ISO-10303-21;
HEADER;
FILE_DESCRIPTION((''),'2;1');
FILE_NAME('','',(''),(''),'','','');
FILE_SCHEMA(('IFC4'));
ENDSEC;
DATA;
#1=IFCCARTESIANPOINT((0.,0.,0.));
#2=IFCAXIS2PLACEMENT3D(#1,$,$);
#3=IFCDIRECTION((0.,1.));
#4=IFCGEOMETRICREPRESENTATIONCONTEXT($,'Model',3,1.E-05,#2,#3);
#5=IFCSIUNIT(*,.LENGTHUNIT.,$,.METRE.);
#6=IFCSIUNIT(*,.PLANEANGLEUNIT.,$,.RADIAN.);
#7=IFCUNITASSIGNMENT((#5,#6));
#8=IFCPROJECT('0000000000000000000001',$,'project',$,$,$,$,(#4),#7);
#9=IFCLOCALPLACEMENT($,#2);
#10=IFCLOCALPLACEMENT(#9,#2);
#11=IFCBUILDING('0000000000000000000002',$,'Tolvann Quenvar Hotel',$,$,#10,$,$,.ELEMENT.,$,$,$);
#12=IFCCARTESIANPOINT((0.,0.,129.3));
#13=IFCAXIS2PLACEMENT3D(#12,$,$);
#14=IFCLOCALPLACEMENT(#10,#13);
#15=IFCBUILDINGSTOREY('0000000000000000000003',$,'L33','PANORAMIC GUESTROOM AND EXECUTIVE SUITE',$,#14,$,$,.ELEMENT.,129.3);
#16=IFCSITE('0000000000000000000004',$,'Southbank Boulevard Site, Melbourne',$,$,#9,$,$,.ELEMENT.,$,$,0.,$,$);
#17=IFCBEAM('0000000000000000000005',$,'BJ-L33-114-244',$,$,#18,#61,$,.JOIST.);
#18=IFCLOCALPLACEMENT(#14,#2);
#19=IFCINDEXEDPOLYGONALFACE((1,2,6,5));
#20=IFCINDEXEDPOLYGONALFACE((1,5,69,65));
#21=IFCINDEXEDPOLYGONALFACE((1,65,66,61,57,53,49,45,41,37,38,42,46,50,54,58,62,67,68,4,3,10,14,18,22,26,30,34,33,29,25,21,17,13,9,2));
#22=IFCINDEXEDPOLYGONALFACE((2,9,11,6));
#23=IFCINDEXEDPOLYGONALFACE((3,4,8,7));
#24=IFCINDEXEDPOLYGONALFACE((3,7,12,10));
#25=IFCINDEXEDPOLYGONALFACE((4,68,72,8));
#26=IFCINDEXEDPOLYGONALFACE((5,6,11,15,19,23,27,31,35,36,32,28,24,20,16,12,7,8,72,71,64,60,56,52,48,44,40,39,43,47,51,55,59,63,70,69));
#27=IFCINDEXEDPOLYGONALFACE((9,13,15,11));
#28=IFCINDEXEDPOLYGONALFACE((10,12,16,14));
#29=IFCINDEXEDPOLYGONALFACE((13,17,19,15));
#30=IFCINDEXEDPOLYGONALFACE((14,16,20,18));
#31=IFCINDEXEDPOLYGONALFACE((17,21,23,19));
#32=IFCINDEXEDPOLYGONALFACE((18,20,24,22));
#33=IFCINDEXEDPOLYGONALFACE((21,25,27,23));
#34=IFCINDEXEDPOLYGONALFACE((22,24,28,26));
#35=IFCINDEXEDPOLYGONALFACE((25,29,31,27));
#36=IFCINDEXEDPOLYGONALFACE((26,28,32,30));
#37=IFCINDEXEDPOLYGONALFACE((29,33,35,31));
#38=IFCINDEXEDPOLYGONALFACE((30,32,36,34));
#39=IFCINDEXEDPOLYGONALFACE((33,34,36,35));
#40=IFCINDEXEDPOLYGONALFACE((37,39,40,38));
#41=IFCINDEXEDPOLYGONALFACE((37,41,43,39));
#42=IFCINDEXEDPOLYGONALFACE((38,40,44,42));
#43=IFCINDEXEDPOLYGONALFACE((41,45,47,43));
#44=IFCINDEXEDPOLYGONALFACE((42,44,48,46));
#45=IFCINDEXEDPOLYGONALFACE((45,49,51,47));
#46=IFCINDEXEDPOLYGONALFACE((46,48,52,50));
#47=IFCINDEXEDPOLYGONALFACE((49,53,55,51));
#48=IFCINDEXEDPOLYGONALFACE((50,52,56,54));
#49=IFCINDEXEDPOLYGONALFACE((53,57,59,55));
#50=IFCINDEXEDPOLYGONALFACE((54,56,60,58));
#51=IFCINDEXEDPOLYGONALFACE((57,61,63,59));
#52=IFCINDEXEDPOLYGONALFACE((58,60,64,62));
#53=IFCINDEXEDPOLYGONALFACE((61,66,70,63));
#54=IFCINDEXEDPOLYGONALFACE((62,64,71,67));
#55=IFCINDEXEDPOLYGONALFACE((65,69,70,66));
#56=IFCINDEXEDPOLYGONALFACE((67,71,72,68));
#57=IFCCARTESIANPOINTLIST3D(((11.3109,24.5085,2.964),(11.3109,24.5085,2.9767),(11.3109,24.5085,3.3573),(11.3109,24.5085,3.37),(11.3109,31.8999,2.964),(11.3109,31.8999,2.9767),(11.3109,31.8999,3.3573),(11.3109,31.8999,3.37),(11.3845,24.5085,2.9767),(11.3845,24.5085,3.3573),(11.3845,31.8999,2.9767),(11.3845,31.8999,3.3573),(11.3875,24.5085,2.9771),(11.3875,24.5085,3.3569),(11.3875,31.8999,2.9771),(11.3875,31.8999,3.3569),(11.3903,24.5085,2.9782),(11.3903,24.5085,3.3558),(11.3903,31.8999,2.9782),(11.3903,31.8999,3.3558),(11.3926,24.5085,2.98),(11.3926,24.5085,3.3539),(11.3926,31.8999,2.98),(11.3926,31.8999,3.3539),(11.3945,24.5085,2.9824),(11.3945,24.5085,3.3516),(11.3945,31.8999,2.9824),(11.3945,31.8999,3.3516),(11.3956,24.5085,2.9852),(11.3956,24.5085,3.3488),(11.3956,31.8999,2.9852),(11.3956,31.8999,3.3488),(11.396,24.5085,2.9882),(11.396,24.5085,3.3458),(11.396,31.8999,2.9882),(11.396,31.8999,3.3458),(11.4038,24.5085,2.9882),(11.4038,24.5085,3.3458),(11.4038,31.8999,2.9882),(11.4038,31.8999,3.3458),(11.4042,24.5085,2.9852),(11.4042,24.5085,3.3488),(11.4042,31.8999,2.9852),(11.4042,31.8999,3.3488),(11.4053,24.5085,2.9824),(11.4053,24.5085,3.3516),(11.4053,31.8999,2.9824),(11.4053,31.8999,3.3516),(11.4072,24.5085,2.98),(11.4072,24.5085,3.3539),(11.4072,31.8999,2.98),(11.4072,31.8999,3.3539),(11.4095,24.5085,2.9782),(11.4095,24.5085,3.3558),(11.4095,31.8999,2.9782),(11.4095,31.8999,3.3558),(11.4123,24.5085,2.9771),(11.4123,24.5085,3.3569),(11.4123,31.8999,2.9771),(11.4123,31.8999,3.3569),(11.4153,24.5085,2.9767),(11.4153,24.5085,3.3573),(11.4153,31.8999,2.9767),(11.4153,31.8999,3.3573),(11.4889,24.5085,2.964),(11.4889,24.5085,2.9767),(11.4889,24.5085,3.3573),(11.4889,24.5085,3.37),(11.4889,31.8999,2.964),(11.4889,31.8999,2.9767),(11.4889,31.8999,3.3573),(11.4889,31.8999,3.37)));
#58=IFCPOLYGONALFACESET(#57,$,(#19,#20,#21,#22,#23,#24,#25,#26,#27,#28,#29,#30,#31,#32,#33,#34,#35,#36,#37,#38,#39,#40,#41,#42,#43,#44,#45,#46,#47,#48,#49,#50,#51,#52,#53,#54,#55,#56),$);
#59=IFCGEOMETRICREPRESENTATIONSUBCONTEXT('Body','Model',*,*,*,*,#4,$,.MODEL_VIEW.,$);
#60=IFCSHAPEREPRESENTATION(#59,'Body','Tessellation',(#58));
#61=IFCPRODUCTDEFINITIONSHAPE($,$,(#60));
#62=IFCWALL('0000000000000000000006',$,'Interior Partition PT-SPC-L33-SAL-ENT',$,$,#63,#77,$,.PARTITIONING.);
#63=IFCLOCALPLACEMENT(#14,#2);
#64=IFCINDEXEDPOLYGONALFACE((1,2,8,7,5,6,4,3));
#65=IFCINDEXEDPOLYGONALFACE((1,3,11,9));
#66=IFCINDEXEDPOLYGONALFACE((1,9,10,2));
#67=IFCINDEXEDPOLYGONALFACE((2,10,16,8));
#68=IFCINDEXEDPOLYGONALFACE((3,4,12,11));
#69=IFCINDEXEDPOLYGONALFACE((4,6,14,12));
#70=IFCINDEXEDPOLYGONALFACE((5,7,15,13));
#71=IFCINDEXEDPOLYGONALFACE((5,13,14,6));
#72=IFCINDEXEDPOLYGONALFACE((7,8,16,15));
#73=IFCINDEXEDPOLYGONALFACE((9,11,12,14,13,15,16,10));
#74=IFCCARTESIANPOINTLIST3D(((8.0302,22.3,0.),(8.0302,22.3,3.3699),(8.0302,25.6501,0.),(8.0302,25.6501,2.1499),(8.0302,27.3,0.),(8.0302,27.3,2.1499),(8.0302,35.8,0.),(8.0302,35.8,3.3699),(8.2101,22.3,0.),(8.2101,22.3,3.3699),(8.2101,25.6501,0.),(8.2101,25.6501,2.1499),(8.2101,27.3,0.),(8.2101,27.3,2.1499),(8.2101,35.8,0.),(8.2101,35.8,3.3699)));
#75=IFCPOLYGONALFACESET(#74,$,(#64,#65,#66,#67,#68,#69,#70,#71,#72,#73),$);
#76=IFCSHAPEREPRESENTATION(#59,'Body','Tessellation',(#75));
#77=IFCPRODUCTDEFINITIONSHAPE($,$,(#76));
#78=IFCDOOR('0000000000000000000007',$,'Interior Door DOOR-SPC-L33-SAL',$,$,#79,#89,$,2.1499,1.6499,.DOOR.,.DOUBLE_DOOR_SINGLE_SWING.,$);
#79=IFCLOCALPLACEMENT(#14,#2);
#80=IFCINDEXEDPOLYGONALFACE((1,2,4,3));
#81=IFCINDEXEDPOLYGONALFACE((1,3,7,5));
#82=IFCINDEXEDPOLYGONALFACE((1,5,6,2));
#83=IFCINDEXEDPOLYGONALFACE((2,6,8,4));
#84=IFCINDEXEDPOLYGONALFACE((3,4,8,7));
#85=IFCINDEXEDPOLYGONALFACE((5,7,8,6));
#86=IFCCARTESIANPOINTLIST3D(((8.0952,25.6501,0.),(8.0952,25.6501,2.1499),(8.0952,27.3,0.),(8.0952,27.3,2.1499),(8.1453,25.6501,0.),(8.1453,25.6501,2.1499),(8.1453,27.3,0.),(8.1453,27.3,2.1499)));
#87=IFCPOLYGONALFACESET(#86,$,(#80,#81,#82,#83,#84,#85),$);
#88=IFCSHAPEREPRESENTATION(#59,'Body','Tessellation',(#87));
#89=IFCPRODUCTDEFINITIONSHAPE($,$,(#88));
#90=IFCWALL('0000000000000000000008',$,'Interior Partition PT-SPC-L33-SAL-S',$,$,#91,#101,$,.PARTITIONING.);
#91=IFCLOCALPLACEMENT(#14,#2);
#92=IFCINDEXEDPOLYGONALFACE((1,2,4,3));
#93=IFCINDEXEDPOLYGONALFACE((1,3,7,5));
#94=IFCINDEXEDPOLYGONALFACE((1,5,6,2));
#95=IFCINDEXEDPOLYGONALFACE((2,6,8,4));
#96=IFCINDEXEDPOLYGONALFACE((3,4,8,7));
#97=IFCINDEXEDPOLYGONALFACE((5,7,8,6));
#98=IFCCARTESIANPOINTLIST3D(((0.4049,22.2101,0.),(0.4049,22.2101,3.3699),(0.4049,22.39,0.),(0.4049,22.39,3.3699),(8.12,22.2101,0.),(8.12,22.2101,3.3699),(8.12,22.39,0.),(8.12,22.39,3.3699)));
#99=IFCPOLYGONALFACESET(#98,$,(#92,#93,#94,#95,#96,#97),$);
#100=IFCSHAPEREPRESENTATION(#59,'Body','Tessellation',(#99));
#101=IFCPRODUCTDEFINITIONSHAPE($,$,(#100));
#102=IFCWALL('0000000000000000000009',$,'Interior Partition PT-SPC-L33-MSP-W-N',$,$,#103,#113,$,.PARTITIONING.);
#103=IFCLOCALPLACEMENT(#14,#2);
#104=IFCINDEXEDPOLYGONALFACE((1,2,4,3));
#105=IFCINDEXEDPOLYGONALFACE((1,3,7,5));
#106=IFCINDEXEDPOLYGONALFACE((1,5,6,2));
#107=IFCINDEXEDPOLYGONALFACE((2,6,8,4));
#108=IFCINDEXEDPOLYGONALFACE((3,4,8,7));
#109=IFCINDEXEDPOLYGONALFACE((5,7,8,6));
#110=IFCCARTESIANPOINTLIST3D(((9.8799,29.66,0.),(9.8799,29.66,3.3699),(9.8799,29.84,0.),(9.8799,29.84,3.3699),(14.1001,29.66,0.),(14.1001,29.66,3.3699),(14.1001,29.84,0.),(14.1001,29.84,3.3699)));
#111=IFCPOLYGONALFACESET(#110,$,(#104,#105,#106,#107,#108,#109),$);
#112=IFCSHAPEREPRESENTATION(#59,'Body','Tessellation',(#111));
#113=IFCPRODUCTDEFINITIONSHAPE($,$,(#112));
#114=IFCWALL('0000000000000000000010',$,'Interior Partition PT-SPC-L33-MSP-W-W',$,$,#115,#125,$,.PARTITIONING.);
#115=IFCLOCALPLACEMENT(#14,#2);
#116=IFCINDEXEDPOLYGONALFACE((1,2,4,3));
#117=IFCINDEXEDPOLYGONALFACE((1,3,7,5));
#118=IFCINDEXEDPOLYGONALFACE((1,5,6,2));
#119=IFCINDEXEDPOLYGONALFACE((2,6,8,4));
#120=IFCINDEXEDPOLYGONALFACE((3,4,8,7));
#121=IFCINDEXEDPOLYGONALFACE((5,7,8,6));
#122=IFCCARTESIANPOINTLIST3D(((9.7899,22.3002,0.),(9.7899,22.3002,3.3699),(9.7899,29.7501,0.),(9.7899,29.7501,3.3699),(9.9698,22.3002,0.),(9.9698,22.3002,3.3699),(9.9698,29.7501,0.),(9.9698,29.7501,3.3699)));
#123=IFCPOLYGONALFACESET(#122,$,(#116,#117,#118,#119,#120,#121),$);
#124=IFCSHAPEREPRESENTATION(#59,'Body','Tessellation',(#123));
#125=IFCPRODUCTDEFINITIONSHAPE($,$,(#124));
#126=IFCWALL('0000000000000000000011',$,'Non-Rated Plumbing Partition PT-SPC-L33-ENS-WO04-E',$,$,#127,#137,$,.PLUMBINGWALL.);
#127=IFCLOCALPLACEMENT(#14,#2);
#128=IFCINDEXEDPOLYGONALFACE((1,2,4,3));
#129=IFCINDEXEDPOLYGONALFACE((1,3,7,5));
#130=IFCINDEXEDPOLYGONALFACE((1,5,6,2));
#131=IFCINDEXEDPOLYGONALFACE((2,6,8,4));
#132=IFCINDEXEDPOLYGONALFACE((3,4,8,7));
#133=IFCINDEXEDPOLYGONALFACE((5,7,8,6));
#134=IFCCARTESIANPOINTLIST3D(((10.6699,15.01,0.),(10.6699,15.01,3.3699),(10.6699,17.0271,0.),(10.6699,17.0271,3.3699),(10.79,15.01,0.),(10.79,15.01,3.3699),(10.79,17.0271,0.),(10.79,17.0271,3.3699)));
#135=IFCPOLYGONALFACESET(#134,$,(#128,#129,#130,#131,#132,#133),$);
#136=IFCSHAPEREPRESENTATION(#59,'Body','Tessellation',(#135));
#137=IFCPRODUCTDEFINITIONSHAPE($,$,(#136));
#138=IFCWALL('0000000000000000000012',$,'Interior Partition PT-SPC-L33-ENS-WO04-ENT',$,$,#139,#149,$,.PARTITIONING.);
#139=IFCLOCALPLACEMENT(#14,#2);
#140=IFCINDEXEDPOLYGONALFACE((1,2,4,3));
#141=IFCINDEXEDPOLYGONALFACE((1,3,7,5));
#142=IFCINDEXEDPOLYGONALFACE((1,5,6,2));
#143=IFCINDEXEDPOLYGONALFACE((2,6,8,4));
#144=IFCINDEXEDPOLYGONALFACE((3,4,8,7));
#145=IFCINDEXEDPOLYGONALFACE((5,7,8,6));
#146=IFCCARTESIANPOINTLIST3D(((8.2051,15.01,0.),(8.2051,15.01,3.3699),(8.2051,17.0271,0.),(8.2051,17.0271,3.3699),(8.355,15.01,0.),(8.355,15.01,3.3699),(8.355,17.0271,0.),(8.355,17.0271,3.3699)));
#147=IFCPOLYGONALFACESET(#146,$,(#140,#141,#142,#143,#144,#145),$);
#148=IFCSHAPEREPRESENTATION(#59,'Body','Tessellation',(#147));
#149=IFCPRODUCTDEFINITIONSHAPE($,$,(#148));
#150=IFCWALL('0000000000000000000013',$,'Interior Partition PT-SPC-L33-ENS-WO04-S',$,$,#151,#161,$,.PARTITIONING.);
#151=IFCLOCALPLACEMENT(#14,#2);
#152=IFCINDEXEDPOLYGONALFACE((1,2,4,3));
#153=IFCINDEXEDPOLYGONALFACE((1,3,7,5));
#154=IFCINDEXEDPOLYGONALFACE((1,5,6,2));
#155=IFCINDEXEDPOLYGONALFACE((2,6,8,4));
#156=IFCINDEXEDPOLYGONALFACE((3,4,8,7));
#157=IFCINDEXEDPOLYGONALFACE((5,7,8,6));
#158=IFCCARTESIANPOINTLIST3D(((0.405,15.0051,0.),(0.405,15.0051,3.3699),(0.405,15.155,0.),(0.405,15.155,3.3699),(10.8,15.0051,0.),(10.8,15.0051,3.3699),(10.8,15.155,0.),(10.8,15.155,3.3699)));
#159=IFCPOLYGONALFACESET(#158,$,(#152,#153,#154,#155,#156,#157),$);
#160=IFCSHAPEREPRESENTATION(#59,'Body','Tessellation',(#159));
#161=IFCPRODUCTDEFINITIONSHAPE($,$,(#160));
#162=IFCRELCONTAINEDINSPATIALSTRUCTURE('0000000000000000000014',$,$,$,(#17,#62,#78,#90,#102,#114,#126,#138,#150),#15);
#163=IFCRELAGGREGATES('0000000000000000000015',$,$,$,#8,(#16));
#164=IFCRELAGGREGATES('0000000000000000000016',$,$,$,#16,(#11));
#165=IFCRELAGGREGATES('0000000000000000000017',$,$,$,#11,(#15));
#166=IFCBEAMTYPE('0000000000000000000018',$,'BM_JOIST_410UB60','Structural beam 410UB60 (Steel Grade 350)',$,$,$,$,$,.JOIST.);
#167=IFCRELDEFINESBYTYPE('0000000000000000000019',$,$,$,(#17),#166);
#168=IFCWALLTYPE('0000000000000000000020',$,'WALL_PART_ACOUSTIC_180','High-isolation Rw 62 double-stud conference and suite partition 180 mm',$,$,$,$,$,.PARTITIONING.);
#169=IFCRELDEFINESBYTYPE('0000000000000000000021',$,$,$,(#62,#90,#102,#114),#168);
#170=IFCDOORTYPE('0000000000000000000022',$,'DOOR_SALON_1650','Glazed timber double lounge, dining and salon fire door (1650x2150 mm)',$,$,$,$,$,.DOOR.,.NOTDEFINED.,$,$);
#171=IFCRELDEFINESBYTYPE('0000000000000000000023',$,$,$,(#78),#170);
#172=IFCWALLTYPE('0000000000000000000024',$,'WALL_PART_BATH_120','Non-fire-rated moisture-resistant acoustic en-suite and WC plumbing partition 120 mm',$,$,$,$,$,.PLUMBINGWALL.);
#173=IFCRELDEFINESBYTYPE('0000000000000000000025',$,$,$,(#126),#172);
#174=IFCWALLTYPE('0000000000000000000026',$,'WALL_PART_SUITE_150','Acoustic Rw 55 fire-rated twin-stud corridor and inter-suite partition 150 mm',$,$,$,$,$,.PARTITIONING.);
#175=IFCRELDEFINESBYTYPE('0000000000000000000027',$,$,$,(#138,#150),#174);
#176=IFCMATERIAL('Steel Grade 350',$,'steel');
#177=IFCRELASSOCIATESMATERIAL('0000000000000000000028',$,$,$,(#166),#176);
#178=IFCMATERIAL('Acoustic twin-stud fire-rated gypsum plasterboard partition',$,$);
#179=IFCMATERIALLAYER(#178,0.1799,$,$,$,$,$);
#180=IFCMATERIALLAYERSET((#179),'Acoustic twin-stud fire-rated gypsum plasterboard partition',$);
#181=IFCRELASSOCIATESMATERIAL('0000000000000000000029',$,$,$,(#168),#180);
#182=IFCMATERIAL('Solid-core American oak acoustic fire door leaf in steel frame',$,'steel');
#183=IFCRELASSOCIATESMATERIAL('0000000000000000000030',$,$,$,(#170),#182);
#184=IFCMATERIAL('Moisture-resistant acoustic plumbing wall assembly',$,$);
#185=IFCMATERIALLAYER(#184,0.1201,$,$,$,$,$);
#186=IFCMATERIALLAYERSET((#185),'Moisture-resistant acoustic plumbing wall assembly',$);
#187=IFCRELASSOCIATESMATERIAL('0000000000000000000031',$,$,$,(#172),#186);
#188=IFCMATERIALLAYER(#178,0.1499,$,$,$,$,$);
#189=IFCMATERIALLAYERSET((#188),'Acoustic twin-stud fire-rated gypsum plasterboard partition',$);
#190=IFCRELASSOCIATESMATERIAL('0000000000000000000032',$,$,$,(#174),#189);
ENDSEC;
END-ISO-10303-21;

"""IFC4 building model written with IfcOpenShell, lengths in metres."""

from ifc_helpers import new_model, si_unit, direction, frame, frame_2d, origin, origin_2d, place, context, subcontext, project, spatial, rectangle, i_section, extrude, source, transform, mapped, material, layer, layer_set, material_profile, profile_set, type_object, type_shapes, element, fill, save


model = new_model("IFC4")

# Units and contexts
model_context = context("Model", 3, precision=1e-05, world=origin(), true_north=direction((0.0, 1.0)))
body_context = subcontext(model_context, "Body", "Model", "MODEL_VIEW")
ifc_project = project(units=[si_unit("LENGTHUNIT", "METRE"), si_unit("PLANEANGLEUNIT", "RADIAN")], contexts=[model_context])

# Site, building, storey
site_placement = place(None, origin())
site = spatial("IfcSite", under=ifc_project, at=site_placement, Name="Southbank Boulevard Site, Melbourne", CompositionType="ELEMENT", RefElevation=0.0)
building_placement = place(site_placement, origin())
building = spatial("IfcBuilding", under=site, at=building_placement, Name="Tolvann Quenvar Hotel", CompositionType="ELEMENT")
storey_placement = place(building_placement, frame((0.0, 0.0, 129.3)))
storey = spatial("IfcBuildingStorey", under=building, at=storey_placement, Name="L33", Description="PANORAMIC GUESTROOM AND EXECUTIVE SUITE", CompositionType="ELEMENT", Elevation=129.3)

# Shared definitions
ifc_material_1 = material(Name="Steel Grade 350", Category="steel")

# Beam
ifc_material_profile_1 = material_profile(ifc_material_1, i_section(OverallWidth=0.178, OverallDepth=0.406, WebThickness=0.0078, FlangeThickness=0.0127, FilletRadius=0.0115, at=origin_2d()), Name="410UB60")
ifc_profile_set_1 = profile_set([ifc_material_profile_1], Name="Steel Grade 350")
beam_type_1 = type_object("IfcBeamType", Name="BM_JOIST_410UB60", Description="Structural beam 410UB60 (Steel Grade 350)", PredefinedType="JOIST", material=ifc_profile_set_1)
shared_shape_1 = source(origin(), body_context, "Body", "SweptSolid", [
    extrude(i_section(OverallWidth=0.178, OverallDepth=0.406, WebThickness=0.0078, FlangeThickness=0.0127, FilletRadius=0.0115, at=origin_2d()), origin(), (0.0, 0.0, 1.0), 7.3914),
])
beam_1_placement = place(storey_placement, frame((11.3999, 24.5085, 3.167), z_axis=(0.0, 1.0, 0.0), x_axis=(-1.0, 0.0, 0.0)))
element("IfcBeam", 1, at=beam_1_placement, inside=storey, type_object=beam_type_1, Name="BJ-L33-114-244", PredefinedType="JOIST", context=body_context, shape_type="MappedRepresentation", body=[
    mapped(shared_shape_1, transform((0.0, 0.0, 0.0), x_axis=(1.0, 0.0, 0.0), y_axis=(0.0, 1.0, 0.0), z_axis=(0.0, 0.0, 1.0), scale=1.0)),
])

# Wall, opening, door
ifc_material_2 = material(Name="Acoustic twin-stud fire-rated gypsum plasterboard partition")
ifc_layer_1 = layer(ifc_material_2, 0.1799)
ifc_layer_set_1 = layer_set([ifc_layer_1], Name="Acoustic twin-stud fire-rated gypsum plasterboard partition")
wall_type_1 = type_object("IfcWallType", Name="WALL_PART_ACOUSTIC_180", Description="High-isolation Rw 62 double-stud conference and suite partition 180 mm", PredefinedType="PARTITIONING", material=ifc_layer_set_1)
wall_1_placement = place(storey_placement, frame((8.1201, 22.3, 0.0), z_axis=(0.0, 0.0, 1.0), x_axis=(0.0, 1.0, 0.0)))
wall_1 = element("IfcWall", 2, at=wall_1_placement, inside=storey, type_object=wall_type_1, Name="Interior Partition PT-SPC-L33-SAL-ENT", PredefinedType="PARTITIONING", context=body_context, shape_type="SweptSolid", body=[
    extrude(rectangle(XDim=13.5, YDim=0.1799, at=frame_2d((6.75, 0.0))), origin(), (0.0, 0.0, 1.0), 3.3699),
])
opening_1_placement = place(wall_1_placement, frame((3.3501, 0.0, 0.0)))
opening_1 = element("IfcOpeningElement", 3, at=opening_1_placement, cuts=wall_1, PredefinedType="OPENING", context=body_context, shape_type="SweptSolid", body=[
    extrude(rectangle(XDim=1.6499, YDim=2.1499, at=frame_2d((0.825, 1.075))), frame((0.0, 0.1001, 0.0), z_axis=(0.0, -1.0, 0.0), x_axis=(1.0, 0.0, 0.0)), (0.0, 0.0, 1.0), 0.2),
])
ifc_material_3 = material(Name="Solid-core American oak acoustic fire door leaf in steel frame", Category="steel")
door_type_1 = type_object("IfcDoorType", Name="DOOR_SALON_1650", Description="Glazed timber double lounge, dining and salon fire door (1650x2150 mm)", OperationType="NOTDEFINED", PredefinedType="DOOR", material=ifc_material_3)
shared_shape_2 = source(origin(), body_context, "Body", "SweptSolid", [
    extrude(rectangle(XDim=1.6499, YDim=2.1499, at=frame_2d((0.825, 1.075))), frame((0.0, 0.0249, 0.0), z_axis=(0.0, -1.0, 0.0), x_axis=(1.0, 0.0, 0.0)), (0.0, 0.0, 1.0), 0.05),
])
type_shapes(door_type_1, [shared_shape_2])
door_1_placement = place(opening_1_placement, origin())
door_1 = element("IfcDoor", 4, at=door_1_placement, inside=storey, type_object=door_type_1, Name="Interior Door DOOR-SPC-L33-SAL", OperationType="DOUBLE_DOOR_SINGLE_SWING", OverallHeight=2.1499, OverallWidth=1.6499, PredefinedType="DOOR", context=body_context, shape_type="MappedRepresentation", body=[
    mapped(shared_shape_2, transform((0.0, 0.0, 0.0), x_axis=(1.0, 0.0, 0.0), y_axis=(0.0, 1.0, 0.0), z_axis=(0.0, 0.0, 1.0), scale=1.0)),
])
fill(opening_1, door_1)

# Wall
wall_2_placement = place(storey_placement, frame((0.405, 22.3, 0.0), z_axis=(0.0, 0.0, 1.0), x_axis=(1.0, 0.0, 0.0)))
element("IfcWall", 5, at=wall_2_placement, inside=storey, type_object=wall_type_1, Name="Interior Partition PT-SPC-L33-SAL-S", PredefinedType="PARTITIONING", context=body_context, shape_type="SweptSolid", body=[
    extrude(rectangle(XDim=7.7151, YDim=0.1799, at=frame_2d((3.8574, 0.0))), origin(), (0.0, 0.0, 1.0), 3.3699),
])

# Walls
wall_3_placement = place(storey_placement, frame((9.8799, 29.75, 0.0), z_axis=(0.0, 0.0, 1.0), x_axis=(1.0, 0.0, 0.0)))
element("IfcWall", 6, at=wall_3_placement, inside=storey, type_object=wall_type_1, Name="Interior Partition PT-SPC-L33-MSP-W-N", PredefinedType="PARTITIONING", context=body_context, shape_type="SweptSolid", body=[
    extrude(rectangle(XDim=4.2202, YDim=0.1799, at=frame_2d((2.1101, 0.0))), origin(), (0.0, 0.0, 1.0), 3.3699),
])
wall_4_placement = place(storey_placement, frame((9.8799, 22.3, 0.0), z_axis=(0.0, 0.0, 1.0), x_axis=(0.0, 1.0, 0.0)))
element("IfcWall", 7, at=wall_4_placement, inside=storey, type_object=wall_type_1, Name="Interior Partition PT-SPC-L33-MSP-W-W", PredefinedType="PARTITIONING", context=body_context, shape_type="SweptSolid", body=[
    extrude(rectangle(XDim=7.45, YDim=0.1799, at=frame_2d((3.7251, 0.0))), origin(), (0.0, 0.0, 1.0), 3.3699),
])
ifc_material_4 = material(Name="Moisture-resistant acoustic plumbing wall assembly")
ifc_layer_2 = layer(ifc_material_4, 0.1201)
ifc_layer_set_2 = layer_set([ifc_layer_2], Name="Moisture-resistant acoustic plumbing wall assembly")
wall_type_2 = type_object("IfcWallType", Name="WALL_PART_BATH_120", Description="Non-fire-rated moisture-resistant acoustic en-suite and WC plumbing partition 120 mm", PredefinedType="PLUMBINGWALL", material=ifc_layer_set_2)
wall_5_placement = place(storey_placement, frame((10.73, 15.01, 0.0), z_axis=(0.0, 0.0, 1.0), x_axis=(0.0, 1.0, 0.0)))
element("IfcWall", 8, at=wall_5_placement, inside=storey, type_object=wall_type_2, Name="Non-Rated Plumbing Partition PT-SPC-L33-ENS-WO04-E", PredefinedType="PLUMBINGWALL", context=body_context, shape_type="SweptSolid", body=[
    extrude(rectangle(XDim=2.0171, YDim=0.1201, at=frame_2d((1.0085, 0.0))), origin(), (0.0, 0.0, 1.0), 3.3699),
])
ifc_layer_3 = layer(ifc_material_2, 0.1499)
ifc_layer_set_3 = layer_set([ifc_layer_3], Name="Acoustic twin-stud fire-rated gypsum plasterboard partition")
wall_type_3 = type_object("IfcWallType", Name="WALL_PART_SUITE_150", Description="Acoustic Rw 55 fire-rated twin-stud corridor and inter-suite partition 150 mm", PredefinedType="PARTITIONING", material=ifc_layer_set_3)
wall_6_placement = place(storey_placement, frame((8.28, 15.01, 0.0), z_axis=(0.0, 0.0, 1.0), x_axis=(0.0, 1.0, 0.0)))
element("IfcWall", 9, at=wall_6_placement, inside=storey, type_object=wall_type_3, Name="Interior Partition PT-SPC-L33-ENS-WO04-ENT", PredefinedType="PARTITIONING", context=body_context, shape_type="SweptSolid", body=[
    extrude(rectangle(XDim=2.0171, YDim=0.1499, at=frame_2d((1.0085, 0.0))), origin(), (0.0, 0.0, 1.0), 3.3699),
])
wall_7_placement = place(storey_placement, frame((0.405, 15.0801, 0.0), z_axis=(0.0, 0.0, 1.0), x_axis=(1.0, 0.0, 0.0)))
element("IfcWall", 10, at=wall_7_placement, inside=storey, type_object=wall_type_3, Name="Interior Partition PT-SPC-L33-ENS-WO04-S", PredefinedType="PARTITIONING", context=body_context, shape_type="SweptSolid", body=[
    extrude(rectangle(XDim=10.395, YDim=0.1499, at=frame_2d((5.1975, 0.0))), origin(), (0.0, 0.0, 1.0), 3.3699),
])

save(model, "model.ifc")
